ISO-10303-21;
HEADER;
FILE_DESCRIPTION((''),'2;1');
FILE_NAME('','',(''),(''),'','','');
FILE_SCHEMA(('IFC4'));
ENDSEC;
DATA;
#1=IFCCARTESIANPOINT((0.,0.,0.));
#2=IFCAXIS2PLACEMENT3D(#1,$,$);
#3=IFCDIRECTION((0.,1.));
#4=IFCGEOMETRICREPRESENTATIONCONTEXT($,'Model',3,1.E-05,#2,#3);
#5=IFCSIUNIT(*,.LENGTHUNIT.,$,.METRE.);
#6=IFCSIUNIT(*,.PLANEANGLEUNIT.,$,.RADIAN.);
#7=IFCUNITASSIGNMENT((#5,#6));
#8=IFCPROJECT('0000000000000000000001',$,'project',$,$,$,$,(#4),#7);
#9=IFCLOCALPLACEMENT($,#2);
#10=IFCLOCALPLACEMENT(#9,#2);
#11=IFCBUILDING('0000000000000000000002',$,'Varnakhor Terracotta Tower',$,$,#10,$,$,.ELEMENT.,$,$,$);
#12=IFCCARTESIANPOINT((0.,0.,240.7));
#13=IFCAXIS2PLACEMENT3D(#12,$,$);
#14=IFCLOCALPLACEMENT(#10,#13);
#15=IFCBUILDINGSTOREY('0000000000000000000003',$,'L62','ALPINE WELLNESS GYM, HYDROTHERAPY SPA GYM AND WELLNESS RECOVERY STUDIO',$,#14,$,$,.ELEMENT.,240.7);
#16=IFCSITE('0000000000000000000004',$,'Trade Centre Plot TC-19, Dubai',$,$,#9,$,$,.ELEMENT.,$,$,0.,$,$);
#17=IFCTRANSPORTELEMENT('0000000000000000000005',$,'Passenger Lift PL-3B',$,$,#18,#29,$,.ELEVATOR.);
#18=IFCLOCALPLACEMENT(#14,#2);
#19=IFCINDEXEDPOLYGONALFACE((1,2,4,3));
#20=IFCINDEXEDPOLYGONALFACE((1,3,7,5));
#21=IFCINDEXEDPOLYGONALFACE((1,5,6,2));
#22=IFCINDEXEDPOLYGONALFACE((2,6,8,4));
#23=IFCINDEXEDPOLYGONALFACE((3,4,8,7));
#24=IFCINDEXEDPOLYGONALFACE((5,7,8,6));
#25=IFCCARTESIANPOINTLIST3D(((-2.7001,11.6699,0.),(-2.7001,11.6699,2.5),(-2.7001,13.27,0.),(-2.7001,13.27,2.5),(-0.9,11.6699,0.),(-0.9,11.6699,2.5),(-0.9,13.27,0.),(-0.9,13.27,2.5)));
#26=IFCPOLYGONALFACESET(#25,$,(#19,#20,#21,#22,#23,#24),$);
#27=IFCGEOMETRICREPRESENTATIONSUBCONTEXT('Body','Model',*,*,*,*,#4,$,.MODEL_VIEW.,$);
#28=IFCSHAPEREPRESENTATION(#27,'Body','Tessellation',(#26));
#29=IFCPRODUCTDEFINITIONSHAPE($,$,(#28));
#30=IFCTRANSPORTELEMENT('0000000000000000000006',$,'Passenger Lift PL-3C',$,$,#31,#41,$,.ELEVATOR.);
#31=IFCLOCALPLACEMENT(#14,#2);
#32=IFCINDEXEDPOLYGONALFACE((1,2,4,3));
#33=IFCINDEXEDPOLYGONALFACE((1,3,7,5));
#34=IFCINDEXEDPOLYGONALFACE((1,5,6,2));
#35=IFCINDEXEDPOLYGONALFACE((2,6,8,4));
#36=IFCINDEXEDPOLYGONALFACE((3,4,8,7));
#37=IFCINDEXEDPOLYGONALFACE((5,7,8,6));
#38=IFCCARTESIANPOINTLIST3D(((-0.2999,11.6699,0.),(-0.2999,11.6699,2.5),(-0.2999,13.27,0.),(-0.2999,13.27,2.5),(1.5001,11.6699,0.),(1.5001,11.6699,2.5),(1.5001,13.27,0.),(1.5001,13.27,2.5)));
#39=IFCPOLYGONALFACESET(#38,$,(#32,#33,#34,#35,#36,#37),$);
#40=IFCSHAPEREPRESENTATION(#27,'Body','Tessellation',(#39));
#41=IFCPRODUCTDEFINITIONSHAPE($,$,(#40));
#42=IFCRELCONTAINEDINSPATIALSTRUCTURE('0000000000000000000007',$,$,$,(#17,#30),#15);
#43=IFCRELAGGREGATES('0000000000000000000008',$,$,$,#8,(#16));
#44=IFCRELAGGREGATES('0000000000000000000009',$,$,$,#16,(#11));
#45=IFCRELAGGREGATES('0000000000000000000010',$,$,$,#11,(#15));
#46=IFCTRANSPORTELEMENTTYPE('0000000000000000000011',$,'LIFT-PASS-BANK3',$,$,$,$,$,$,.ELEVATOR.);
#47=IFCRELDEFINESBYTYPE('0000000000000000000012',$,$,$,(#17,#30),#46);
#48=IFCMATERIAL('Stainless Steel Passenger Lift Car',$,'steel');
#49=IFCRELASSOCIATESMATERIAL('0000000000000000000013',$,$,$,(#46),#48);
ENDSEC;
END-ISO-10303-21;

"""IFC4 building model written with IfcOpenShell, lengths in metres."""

from ifc_helpers import new_model, si_unit, direction, frame, origin, origin_2d, place, context, subcontext, project, spatial, rectangle, extrude, source, transform, mapped, material, type_object, type_shapes, element, save


model = new_model("IFC4")

# Units and contexts
model_context = context("Model", 3, precision=1e-05, world=origin(), true_north=direction((0.0, 1.0)))
body_context = subcontext(model_context, "Body", "Model", "MODEL_VIEW")
ifc_project = project(units=[si_unit("LENGTHUNIT", "METRE"), si_unit("PLANEANGLEUNIT", "RADIAN")], contexts=[model_context])

# Site, building, storey
site_placement = place(None, origin())
site = spatial("IfcSite", under=ifc_project, at=site_placement, Name="Trade Centre Plot TC-19, Dubai", CompositionType="ELEMENT", RefElevation=0.0)
building_placement = place(site_placement, origin())
building = spatial("IfcBuilding", under=site, at=building_placement, Name="Varnakhor Terracotta Tower", CompositionType="ELEMENT")
storey_placement = place(building_placement, frame((0.0, 0.0, 240.7)))
storey = spatial("IfcBuildingStorey", under=building, at=storey_placement, Name="L62", Description="ALPINE WELLNESS GYM, HYDROTHERAPY SPA GYM AND WELLNESS RECOVERY STUDIO", CompositionType="ELEMENT", Elevation=240.7)

# Transport elements
ifc_material_1 = material(Name="Stainless Steel Passenger Lift Car", Category="steel")
transport_element_type = type_object("IfcTransportElementType", Name="LIFT-PASS-BANK3", PredefinedType="ELEVATOR", material=ifc_material_1)
shared_shape_1 = source(origin(), body_context, "Body", "SweptSolid", [
    extrude(rectangle(XDim=1.8, YDim=1.6001, at=origin_2d()), origin(), (0.0, 0.0, 1.0), 2.5),
])
type_shapes(transport_element_type, [shared_shape_1])
for number, where, z_axis, x_axis, name in (
    (1, (-1.8, 12.47, 0.0), (0.0, 0.0, 1.0), (1.0, 0.0, 0.0), "Passenger Lift PL-3B"),
    (2, (0.6001, 12.47, 0.0), (0.0, 0.0, 1.0), (1.0, 0.0, 0.0), "Passenger Lift PL-3C"),
):
    element("IfcTransportElement", number, at=place(storey_placement, frame(where, z_axis=z_axis, x_axis=x_axis)), inside=storey, type_object=transport_element_type, Name=name, PredefinedType="ELEVATOR", context=body_context, shape_type="MappedRepresentation", body=[
        mapped(shared_shape_1, transform((0.0, 0.0, 0.0), scale=1.0)),
    ])

save(model, "model.ifc")
